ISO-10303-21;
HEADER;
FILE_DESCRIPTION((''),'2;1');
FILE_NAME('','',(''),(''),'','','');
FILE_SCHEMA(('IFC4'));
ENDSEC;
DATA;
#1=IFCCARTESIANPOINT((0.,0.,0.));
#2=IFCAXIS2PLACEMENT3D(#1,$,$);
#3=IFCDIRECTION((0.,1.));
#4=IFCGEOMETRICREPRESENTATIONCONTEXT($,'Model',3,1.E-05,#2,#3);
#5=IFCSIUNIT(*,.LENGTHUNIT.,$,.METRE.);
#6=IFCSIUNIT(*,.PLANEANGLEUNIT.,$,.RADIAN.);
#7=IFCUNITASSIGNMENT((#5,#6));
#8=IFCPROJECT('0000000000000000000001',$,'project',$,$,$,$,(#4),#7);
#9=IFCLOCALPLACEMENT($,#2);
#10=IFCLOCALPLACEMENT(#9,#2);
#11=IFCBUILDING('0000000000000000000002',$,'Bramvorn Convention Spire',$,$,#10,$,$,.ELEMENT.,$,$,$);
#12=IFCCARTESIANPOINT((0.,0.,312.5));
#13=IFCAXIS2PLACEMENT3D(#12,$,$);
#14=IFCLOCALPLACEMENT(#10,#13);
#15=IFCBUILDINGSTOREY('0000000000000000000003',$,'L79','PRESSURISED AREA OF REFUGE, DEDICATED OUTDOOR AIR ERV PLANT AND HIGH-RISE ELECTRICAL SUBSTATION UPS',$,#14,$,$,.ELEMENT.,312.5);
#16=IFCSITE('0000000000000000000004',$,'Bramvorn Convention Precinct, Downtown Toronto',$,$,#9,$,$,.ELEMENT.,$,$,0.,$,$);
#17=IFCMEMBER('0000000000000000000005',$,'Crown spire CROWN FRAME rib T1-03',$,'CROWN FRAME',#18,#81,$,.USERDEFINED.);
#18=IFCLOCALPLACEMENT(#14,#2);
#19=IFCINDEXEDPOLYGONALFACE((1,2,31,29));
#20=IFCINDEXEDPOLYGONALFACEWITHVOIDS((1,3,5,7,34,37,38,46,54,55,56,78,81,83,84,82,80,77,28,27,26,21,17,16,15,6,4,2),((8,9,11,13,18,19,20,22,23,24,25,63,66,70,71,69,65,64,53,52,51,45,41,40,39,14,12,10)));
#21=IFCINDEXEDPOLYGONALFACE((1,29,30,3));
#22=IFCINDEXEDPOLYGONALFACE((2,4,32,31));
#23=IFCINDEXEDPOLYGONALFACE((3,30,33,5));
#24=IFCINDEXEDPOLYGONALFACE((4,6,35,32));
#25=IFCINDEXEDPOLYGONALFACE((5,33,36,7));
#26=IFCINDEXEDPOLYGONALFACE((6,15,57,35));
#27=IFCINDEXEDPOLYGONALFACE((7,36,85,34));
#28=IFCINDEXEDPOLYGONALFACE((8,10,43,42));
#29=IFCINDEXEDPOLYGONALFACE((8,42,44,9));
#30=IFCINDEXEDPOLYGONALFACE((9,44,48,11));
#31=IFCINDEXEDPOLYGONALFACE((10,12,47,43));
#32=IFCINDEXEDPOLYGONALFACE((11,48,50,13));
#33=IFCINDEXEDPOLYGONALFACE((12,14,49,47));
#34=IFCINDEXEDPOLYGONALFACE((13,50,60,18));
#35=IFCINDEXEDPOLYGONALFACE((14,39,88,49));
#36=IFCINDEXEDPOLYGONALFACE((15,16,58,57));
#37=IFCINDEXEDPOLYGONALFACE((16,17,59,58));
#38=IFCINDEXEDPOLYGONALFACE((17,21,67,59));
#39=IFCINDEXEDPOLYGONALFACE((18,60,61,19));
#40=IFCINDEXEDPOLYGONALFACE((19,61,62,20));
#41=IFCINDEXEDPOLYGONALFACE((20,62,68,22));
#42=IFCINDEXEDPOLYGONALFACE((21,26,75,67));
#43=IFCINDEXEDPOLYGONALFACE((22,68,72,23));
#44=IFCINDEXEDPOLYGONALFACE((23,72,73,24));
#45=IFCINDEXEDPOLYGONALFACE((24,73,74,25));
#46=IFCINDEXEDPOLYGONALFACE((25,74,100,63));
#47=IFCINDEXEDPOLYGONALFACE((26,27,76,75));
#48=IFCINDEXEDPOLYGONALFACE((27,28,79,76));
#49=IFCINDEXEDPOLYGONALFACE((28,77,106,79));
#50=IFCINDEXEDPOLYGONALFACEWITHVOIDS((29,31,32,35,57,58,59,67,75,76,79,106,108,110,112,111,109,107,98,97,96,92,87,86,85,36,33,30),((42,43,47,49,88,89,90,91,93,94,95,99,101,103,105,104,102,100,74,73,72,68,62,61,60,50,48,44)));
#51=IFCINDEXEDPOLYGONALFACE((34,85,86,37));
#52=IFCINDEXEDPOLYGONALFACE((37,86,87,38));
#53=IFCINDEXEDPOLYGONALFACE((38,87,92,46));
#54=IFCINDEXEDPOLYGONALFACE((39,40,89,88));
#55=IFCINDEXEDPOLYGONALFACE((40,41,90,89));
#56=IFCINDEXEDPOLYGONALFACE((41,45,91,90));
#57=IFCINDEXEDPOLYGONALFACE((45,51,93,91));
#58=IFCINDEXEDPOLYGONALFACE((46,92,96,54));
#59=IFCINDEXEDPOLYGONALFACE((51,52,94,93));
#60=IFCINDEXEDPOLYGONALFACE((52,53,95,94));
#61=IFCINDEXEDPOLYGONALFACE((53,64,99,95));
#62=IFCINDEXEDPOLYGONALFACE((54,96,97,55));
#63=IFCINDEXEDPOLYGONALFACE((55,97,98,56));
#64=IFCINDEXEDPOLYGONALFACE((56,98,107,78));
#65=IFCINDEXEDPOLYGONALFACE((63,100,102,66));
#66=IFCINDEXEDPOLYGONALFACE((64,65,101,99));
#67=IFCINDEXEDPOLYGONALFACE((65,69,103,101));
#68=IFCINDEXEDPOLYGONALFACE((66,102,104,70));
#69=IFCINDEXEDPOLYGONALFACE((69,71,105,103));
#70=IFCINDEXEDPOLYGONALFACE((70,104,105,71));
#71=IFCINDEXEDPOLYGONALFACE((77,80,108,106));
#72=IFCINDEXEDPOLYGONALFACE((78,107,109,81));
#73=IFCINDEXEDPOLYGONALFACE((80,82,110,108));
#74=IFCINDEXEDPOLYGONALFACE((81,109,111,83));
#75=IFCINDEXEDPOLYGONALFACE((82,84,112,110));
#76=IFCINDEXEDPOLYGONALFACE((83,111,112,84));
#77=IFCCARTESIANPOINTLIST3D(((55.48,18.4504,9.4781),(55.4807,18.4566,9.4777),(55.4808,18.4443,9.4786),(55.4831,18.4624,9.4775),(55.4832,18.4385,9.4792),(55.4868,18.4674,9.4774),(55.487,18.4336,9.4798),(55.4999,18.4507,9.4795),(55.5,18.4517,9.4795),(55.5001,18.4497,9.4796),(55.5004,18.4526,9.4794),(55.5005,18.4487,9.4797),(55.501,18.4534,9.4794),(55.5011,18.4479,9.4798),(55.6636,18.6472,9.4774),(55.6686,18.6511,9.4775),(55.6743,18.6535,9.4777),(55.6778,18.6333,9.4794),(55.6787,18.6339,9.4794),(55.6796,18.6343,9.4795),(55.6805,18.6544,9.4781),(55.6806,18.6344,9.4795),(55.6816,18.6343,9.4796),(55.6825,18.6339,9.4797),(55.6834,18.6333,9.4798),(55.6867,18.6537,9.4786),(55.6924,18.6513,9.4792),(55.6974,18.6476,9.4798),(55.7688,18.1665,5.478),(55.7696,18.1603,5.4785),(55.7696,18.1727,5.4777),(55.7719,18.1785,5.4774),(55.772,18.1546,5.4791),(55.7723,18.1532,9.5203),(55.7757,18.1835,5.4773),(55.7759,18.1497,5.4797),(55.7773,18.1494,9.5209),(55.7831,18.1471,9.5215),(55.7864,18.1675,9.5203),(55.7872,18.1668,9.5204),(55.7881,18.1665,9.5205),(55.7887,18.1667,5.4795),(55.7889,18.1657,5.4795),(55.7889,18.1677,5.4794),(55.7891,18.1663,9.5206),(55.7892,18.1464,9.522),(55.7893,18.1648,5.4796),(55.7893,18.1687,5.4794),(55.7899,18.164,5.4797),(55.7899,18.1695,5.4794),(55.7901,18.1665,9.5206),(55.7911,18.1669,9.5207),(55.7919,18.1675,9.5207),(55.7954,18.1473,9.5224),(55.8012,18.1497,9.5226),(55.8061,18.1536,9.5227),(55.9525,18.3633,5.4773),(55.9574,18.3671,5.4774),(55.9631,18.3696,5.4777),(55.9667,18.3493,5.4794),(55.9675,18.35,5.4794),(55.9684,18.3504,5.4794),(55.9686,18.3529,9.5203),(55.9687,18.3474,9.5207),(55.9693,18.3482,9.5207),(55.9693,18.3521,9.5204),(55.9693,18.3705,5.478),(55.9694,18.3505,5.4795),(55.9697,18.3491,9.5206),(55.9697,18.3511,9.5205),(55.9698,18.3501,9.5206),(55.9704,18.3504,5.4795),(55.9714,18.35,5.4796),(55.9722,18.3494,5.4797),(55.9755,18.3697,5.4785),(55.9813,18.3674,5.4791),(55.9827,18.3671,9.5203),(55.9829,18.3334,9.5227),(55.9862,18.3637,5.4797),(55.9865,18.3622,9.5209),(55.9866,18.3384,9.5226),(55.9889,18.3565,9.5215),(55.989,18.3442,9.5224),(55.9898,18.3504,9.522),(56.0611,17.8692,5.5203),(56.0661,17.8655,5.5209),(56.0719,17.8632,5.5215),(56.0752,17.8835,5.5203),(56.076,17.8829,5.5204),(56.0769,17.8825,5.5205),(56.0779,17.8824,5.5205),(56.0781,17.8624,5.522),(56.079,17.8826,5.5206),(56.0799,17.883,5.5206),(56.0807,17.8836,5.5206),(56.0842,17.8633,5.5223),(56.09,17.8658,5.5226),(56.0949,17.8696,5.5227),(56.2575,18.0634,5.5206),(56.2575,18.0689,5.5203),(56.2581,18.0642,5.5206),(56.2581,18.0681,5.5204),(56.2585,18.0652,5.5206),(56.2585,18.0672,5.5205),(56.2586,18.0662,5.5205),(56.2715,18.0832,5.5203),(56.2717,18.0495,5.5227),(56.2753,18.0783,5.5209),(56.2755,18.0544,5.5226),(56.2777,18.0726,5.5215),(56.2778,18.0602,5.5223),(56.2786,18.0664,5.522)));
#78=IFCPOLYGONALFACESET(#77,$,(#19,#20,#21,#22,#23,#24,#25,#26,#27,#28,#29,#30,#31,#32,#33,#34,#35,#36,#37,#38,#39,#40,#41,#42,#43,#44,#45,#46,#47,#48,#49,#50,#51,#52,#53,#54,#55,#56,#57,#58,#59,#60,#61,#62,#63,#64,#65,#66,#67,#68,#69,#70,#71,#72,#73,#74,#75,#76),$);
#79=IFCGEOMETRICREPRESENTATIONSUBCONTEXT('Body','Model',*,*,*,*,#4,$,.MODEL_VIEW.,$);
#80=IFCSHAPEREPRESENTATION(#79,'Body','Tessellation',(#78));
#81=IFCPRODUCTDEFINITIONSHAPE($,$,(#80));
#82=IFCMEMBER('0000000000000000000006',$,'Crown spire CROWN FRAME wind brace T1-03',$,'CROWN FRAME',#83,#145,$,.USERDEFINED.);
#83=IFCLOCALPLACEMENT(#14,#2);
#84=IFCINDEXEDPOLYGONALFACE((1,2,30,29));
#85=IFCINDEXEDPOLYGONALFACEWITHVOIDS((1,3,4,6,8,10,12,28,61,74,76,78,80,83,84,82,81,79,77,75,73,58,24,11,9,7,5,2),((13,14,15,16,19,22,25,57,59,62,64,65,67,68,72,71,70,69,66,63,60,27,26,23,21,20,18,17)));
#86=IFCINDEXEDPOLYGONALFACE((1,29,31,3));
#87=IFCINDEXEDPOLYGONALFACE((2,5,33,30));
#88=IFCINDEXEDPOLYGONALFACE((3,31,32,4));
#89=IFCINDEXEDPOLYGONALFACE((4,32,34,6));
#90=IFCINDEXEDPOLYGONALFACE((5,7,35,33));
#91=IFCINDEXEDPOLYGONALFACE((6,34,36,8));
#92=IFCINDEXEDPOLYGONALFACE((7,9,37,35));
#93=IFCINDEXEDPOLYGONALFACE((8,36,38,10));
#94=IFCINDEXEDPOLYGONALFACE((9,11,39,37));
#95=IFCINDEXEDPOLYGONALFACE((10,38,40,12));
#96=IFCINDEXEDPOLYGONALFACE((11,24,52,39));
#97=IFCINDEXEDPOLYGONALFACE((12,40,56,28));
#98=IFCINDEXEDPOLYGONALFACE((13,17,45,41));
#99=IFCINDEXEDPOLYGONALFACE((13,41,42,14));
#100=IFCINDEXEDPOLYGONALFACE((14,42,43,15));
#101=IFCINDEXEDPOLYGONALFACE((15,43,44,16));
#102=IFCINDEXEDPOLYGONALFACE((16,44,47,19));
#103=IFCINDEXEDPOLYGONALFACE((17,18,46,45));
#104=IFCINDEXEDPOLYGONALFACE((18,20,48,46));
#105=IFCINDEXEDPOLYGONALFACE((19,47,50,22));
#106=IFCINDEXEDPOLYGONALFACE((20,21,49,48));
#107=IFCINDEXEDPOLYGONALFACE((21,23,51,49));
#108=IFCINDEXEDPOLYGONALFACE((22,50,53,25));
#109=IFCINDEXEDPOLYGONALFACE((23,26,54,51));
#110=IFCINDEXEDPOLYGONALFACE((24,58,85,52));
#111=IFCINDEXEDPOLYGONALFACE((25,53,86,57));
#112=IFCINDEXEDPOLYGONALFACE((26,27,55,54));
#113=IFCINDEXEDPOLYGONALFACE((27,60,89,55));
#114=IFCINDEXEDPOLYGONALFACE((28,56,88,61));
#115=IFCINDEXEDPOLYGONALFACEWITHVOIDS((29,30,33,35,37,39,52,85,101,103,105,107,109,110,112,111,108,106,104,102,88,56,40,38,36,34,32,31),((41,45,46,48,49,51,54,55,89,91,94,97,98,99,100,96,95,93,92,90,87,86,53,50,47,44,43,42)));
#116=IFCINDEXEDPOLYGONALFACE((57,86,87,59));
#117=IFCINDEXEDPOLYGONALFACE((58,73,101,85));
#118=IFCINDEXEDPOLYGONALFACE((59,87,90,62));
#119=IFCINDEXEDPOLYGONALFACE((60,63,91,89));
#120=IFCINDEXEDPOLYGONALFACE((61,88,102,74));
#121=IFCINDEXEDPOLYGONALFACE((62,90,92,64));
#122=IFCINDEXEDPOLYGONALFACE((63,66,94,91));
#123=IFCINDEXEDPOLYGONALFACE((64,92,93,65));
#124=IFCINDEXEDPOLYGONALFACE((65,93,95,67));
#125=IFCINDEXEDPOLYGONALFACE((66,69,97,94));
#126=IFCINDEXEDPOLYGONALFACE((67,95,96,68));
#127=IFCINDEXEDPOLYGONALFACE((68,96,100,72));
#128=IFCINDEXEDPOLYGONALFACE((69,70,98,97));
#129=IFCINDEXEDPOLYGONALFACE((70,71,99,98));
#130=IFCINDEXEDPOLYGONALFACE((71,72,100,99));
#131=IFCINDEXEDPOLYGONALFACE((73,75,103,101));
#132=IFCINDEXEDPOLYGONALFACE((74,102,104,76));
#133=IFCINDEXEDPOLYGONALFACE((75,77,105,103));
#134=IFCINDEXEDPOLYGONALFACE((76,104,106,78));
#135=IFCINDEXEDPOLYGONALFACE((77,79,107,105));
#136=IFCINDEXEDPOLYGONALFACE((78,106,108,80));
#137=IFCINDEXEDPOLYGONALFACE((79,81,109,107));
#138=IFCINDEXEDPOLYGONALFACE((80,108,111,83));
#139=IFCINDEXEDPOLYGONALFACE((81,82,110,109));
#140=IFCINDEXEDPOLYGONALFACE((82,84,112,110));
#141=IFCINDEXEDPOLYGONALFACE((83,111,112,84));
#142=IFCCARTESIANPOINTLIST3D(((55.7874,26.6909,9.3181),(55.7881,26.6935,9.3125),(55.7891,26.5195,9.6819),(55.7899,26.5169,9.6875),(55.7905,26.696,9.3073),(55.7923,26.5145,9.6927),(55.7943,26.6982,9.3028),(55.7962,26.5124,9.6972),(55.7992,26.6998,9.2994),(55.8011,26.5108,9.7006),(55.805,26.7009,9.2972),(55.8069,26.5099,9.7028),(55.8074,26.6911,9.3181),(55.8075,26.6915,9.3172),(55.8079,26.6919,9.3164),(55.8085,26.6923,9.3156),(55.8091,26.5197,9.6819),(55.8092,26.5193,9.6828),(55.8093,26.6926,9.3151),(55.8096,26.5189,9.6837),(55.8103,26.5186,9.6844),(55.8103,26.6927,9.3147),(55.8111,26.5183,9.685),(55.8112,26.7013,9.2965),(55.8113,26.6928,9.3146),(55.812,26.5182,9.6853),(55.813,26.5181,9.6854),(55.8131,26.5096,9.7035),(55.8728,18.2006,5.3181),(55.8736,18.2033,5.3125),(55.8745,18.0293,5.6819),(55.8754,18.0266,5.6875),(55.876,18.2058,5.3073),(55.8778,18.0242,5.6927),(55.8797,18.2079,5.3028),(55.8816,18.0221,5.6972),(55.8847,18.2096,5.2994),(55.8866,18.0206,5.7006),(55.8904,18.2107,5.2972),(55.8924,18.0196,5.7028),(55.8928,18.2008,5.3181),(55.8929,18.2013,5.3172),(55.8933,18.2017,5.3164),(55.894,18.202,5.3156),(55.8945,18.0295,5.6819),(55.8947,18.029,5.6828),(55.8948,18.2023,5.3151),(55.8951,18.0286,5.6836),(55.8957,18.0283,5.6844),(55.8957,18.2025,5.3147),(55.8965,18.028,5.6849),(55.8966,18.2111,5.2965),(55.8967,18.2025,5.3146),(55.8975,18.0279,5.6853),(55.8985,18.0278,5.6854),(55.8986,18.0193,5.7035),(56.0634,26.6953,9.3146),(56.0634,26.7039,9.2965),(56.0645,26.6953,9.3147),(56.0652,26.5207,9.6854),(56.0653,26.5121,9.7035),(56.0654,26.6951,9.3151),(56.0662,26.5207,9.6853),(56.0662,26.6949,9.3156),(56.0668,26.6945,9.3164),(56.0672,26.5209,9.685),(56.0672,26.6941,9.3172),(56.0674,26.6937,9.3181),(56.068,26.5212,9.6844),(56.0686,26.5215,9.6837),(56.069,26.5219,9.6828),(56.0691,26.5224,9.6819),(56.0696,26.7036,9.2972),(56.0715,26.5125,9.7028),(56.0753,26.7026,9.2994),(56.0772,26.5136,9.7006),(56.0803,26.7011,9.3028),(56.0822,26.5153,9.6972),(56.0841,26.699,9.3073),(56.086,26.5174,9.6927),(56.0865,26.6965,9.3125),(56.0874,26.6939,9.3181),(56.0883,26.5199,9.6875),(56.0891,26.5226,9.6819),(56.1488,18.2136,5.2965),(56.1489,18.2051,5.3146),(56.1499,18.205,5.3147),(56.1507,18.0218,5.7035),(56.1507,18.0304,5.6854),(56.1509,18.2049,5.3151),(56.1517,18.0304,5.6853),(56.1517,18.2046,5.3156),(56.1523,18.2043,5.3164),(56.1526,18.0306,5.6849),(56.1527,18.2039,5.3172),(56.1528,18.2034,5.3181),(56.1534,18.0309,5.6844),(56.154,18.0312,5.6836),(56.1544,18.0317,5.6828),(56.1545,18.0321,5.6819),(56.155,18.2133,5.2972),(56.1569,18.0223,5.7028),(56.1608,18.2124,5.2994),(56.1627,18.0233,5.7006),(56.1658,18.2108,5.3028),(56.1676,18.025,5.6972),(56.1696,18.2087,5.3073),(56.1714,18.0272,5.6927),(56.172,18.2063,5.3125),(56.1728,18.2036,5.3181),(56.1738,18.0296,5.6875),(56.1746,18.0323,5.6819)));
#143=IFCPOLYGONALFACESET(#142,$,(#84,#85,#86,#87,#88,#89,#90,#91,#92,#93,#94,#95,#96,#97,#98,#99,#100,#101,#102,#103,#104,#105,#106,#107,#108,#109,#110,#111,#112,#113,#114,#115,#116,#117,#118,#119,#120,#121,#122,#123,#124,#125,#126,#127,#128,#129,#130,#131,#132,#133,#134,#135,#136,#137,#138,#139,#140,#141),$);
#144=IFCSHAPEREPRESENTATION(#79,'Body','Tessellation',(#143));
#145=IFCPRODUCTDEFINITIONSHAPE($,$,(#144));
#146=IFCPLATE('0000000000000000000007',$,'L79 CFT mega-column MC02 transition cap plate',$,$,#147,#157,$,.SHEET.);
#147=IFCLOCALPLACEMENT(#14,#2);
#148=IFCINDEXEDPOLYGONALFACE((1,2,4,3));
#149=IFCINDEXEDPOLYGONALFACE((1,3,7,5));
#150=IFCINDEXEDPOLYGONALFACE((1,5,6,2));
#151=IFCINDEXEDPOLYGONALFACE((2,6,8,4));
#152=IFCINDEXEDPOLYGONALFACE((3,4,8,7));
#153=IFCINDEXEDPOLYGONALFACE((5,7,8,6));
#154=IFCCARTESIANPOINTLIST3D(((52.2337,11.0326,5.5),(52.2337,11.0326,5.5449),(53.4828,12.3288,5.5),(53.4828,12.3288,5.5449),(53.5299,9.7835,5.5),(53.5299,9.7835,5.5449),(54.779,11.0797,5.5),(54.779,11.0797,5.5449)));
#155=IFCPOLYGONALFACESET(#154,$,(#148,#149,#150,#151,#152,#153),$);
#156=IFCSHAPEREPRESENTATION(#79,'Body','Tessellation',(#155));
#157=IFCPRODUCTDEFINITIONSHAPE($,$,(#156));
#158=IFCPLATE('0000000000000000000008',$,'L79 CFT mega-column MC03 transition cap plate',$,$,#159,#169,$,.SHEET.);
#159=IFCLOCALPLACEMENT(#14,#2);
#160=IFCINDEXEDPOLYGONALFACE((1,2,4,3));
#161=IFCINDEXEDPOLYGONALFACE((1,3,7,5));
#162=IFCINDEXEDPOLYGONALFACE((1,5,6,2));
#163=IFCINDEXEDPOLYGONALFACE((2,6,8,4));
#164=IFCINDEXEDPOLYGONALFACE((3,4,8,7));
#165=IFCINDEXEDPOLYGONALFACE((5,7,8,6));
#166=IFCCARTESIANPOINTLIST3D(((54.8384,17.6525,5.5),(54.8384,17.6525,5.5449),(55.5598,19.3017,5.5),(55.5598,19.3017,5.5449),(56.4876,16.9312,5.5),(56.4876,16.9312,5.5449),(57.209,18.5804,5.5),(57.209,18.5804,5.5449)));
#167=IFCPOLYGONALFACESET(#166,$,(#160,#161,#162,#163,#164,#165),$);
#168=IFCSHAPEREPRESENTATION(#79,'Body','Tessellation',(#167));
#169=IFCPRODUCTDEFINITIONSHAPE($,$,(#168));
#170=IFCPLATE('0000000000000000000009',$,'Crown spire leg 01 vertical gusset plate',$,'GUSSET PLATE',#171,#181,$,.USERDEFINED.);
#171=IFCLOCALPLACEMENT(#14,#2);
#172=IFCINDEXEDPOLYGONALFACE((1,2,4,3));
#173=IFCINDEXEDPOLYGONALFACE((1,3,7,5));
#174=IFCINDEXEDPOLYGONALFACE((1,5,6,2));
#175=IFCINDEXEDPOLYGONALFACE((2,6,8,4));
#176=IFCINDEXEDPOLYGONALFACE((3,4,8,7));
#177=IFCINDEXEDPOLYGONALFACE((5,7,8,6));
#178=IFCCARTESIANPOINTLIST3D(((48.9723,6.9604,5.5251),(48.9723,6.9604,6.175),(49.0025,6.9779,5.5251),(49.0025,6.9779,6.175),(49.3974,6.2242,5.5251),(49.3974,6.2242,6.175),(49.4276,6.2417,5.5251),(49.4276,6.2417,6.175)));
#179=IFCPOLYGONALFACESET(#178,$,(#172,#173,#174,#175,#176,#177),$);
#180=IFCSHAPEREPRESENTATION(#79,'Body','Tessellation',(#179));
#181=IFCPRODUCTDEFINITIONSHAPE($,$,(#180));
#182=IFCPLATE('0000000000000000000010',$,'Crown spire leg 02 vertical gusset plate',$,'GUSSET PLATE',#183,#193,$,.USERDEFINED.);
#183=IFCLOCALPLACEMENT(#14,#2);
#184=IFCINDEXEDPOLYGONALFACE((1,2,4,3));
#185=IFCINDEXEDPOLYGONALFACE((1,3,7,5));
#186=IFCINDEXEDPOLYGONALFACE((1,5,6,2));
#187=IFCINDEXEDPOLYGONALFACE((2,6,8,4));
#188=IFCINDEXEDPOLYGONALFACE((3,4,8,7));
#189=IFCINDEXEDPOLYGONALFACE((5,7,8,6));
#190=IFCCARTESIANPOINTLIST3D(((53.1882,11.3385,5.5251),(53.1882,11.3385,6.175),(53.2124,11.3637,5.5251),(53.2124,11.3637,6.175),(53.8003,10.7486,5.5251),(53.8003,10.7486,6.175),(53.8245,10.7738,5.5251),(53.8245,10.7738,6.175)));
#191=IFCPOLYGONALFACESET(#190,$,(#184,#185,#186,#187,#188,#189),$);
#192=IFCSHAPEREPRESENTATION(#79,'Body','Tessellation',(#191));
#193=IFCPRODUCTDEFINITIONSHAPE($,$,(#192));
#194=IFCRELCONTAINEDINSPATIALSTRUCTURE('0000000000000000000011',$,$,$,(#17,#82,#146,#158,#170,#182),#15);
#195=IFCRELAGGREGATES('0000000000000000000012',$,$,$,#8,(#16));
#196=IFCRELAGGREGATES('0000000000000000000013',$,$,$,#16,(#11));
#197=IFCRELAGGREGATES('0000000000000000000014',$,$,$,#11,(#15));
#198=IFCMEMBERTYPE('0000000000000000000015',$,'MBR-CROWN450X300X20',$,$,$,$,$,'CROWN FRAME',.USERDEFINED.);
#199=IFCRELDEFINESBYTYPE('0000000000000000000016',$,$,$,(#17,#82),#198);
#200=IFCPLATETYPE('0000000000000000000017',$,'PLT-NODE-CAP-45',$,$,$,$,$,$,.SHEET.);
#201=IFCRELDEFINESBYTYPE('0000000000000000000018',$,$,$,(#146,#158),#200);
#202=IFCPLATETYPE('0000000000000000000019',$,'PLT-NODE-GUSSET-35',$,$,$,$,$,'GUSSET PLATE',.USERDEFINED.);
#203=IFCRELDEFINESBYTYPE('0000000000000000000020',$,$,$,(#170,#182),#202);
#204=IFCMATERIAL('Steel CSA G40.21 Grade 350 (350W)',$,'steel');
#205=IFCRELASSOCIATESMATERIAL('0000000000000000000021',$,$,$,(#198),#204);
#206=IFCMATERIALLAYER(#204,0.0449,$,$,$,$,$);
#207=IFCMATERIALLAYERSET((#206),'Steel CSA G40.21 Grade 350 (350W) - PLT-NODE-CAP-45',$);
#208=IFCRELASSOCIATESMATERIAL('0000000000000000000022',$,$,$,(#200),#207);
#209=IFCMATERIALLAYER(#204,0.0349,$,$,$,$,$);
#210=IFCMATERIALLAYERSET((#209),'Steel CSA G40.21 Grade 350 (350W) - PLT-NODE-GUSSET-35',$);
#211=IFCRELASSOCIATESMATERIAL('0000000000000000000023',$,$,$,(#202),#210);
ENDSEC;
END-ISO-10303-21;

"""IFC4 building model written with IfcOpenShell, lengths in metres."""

from ifc_helpers import new_model, si_unit, direction, frame, origin, origin_2d, place, context, subcontext, project, spatial, rectangle, hollow_rectangle, extrude, material, layer, layer_set, material_profile, profile_set, type_object, element, save


model = new_model("IFC4")

# Units and contexts
model_context = context("Model", 3, precision=1e-05, world=origin(), true_north=direction((0.0, 1.0)))
body_context = subcontext(model_context, "Body", "Model", "MODEL_VIEW")
ifc_project = project(units=[si_unit("LENGTHUNIT", "METRE"), si_unit("PLANEANGLEUNIT", "RADIAN")], contexts=[model_context])

# Site, building, storey
site_placement = place(None, origin())
site = spatial("IfcSite", under=ifc_project, at=site_placement, Name="Bramvorn Convention Precinct, Downtown Toronto", CompositionType="ELEMENT", RefElevation=0.0)
building_placement = place(site_placement, origin())
building = spatial("IfcBuilding", under=site, at=building_placement, Name="Bramvorn Convention Spire", CompositionType="ELEMENT")
storey_placement = place(building_placement, frame((0.0, 0.0, 312.5)))
storey = spatial("IfcBuildingStorey", under=building, at=storey_placement, Name="L79", Description="PRESSURISED AREA OF REFUGE, DEDICATED OUTDOOR AIR ERV PLANT AND HIGH-RISE ELECTRICAL SUBSTATION UPS", CompositionType="ELEMENT", Elevation=312.5)

# Shared definitions
ifc_material_1 = material(Name="Steel CSA G40.21 Grade 350 (350W)", Category="steel")

# Members
ifc_material_profile_1 = material_profile(ifc_material_1, hollow_rectangle(XDim=0.3, YDim=0.45, WallThickness=0.02, InnerFilletRadius=0.0039, OuterFilletRadius=0.0239, at=origin_2d()))
ifc_profile_set_1 = profile_set([ifc_material_profile_1], Name="Steel CSA G40.21 Grade 350 (350W) - CROWN450X300X20")
member_type_1 = type_object("IfcMemberType", Name="MBR-CROWN450X300X20", ElementType="CROWN FRAME", PredefinedType="USERDEFINED", material=ifc_profile_set_1)
member_1_placement = place(storey_placement, frame((56.0237, 18.1165, 5.5), z_axis=(-0.071837, 0.070623, 0.994913), x_axis=(-0.701053, -0.713109, 0.0)))
element("IfcMember", 1, at=member_1_placement, inside=storey, type_object=member_type_1, Name="Crown spire CROWN FRAME rib T1-03", ObjectType="CROWN FRAME", PredefinedType="USERDEFINED", context=body_context, shape_type="SweptSolid", body=[
    extrude(hollow_rectangle(XDim=0.3, YDim=0.45, WallThickness=0.02, InnerFilletRadius=0.0039, OuterFilletRadius=0.0239, at=origin_2d()), origin(), (0.0, 0.0, 1.0), 4.0205),
])
member_2_placement = place(storey_placement, frame((56.0237, 18.1165, 5.5), z_axis=(-0.009104, 0.904592, 0.42618), x_axis=(-0.999949, -0.010064, 0.0)))
element("IfcMember", 2, at=member_2_placement, inside=storey, type_object=member_type_1, Name="Crown spire CROWN FRAME wind brace T1-03", ObjectType="CROWN FRAME", PredefinedType="USERDEFINED", context=body_context, shape_type="SweptSolid", body=[
    extrude(hollow_rectangle(XDim=0.3, YDim=0.45, WallThickness=0.02, InnerFilletRadius=0.0039, OuterFilletRadius=0.0239, at=origin_2d()), origin(), (0.0, 0.0, 1.0), 9.3857),
])

# Plates
ifc_layer_1 = layer(ifc_material_1, 0.0449)
ifc_layer_set_1 = layer_set([ifc_layer_1], Name="Steel CSA G40.21 Grade 350 (350W) - PLT-NODE-CAP-45")
plate_type_1 = type_object("IfcPlateType", Name="PLT-NODE-CAP-45", PredefinedType="SHEET", material=ifc_layer_set_1)
for number, where, z_axis, x_axis, name in (
    (3, (53.5063, 11.0562, 5.5), (0.0, 0.0, 1.0), (0.720048, -0.693924, 0.0), "L79 CFT mega-column MC02 transition cap plate"),
    (4, (56.0237, 18.1165, 5.5), (0.0, 0.0, 1.0), (0.916192, -0.400739, 0.0), "L79 CFT mega-column MC03 transition cap plate"),
):
    element("IfcPlate", number, at=place(storey_placement, frame(where, z_axis=z_axis, x_axis=x_axis)), inside=storey, type_object=plate_type_1, Name=name, PredefinedType="SHEET", context=body_context, shape_type="SweptSolid", body=[
        extrude(rectangle(XDim=1.8, YDim=1.8, at=origin_2d()), origin(), (0.0, 0.0, 1.0), 0.0449),
    ])
ifc_layer_2 = layer(ifc_material_1, 0.0349)
ifc_layer_set_2 = layer_set([ifc_layer_2], Name="Steel CSA G40.21 Grade 350 (350W) - PLT-NODE-GUSSET-35")
plate_type_2 = type_object("IfcPlateType", Name="PLT-NODE-GUSSET-35", ElementType="GUSSET PLATE", PredefinedType="USERDEFINED", material=ifc_layer_set_2)
for number, where, z_axis, x_axis, name in (
    (5, (49.2, 6.6011, 5.5251), (0.0, 0.0, 1.0), (0.499999, -0.866026, 0.0), "Crown spire leg 01 vertical gusset plate"),
    (6, (53.5063, 11.0562, 5.5251), (0.0, 0.0, 1.0), (0.720048, -0.693924, 0.0), "Crown spire leg 02 vertical gusset plate"),
):
    element("IfcPlate", number, at=place(storey_placement, frame(where, z_axis=z_axis, x_axis=x_axis)), inside=storey, type_object=plate_type_2, Name=name, ObjectType="GUSSET PLATE", PredefinedType="USERDEFINED", context=body_context, shape_type="SweptSolid", body=[
        extrude(rectangle(XDim=0.8501, YDim=0.0349, at=origin_2d()), origin(), (0.0, 0.0, 1.0), 0.6499),
    ])

save(model, "model.ifc")
